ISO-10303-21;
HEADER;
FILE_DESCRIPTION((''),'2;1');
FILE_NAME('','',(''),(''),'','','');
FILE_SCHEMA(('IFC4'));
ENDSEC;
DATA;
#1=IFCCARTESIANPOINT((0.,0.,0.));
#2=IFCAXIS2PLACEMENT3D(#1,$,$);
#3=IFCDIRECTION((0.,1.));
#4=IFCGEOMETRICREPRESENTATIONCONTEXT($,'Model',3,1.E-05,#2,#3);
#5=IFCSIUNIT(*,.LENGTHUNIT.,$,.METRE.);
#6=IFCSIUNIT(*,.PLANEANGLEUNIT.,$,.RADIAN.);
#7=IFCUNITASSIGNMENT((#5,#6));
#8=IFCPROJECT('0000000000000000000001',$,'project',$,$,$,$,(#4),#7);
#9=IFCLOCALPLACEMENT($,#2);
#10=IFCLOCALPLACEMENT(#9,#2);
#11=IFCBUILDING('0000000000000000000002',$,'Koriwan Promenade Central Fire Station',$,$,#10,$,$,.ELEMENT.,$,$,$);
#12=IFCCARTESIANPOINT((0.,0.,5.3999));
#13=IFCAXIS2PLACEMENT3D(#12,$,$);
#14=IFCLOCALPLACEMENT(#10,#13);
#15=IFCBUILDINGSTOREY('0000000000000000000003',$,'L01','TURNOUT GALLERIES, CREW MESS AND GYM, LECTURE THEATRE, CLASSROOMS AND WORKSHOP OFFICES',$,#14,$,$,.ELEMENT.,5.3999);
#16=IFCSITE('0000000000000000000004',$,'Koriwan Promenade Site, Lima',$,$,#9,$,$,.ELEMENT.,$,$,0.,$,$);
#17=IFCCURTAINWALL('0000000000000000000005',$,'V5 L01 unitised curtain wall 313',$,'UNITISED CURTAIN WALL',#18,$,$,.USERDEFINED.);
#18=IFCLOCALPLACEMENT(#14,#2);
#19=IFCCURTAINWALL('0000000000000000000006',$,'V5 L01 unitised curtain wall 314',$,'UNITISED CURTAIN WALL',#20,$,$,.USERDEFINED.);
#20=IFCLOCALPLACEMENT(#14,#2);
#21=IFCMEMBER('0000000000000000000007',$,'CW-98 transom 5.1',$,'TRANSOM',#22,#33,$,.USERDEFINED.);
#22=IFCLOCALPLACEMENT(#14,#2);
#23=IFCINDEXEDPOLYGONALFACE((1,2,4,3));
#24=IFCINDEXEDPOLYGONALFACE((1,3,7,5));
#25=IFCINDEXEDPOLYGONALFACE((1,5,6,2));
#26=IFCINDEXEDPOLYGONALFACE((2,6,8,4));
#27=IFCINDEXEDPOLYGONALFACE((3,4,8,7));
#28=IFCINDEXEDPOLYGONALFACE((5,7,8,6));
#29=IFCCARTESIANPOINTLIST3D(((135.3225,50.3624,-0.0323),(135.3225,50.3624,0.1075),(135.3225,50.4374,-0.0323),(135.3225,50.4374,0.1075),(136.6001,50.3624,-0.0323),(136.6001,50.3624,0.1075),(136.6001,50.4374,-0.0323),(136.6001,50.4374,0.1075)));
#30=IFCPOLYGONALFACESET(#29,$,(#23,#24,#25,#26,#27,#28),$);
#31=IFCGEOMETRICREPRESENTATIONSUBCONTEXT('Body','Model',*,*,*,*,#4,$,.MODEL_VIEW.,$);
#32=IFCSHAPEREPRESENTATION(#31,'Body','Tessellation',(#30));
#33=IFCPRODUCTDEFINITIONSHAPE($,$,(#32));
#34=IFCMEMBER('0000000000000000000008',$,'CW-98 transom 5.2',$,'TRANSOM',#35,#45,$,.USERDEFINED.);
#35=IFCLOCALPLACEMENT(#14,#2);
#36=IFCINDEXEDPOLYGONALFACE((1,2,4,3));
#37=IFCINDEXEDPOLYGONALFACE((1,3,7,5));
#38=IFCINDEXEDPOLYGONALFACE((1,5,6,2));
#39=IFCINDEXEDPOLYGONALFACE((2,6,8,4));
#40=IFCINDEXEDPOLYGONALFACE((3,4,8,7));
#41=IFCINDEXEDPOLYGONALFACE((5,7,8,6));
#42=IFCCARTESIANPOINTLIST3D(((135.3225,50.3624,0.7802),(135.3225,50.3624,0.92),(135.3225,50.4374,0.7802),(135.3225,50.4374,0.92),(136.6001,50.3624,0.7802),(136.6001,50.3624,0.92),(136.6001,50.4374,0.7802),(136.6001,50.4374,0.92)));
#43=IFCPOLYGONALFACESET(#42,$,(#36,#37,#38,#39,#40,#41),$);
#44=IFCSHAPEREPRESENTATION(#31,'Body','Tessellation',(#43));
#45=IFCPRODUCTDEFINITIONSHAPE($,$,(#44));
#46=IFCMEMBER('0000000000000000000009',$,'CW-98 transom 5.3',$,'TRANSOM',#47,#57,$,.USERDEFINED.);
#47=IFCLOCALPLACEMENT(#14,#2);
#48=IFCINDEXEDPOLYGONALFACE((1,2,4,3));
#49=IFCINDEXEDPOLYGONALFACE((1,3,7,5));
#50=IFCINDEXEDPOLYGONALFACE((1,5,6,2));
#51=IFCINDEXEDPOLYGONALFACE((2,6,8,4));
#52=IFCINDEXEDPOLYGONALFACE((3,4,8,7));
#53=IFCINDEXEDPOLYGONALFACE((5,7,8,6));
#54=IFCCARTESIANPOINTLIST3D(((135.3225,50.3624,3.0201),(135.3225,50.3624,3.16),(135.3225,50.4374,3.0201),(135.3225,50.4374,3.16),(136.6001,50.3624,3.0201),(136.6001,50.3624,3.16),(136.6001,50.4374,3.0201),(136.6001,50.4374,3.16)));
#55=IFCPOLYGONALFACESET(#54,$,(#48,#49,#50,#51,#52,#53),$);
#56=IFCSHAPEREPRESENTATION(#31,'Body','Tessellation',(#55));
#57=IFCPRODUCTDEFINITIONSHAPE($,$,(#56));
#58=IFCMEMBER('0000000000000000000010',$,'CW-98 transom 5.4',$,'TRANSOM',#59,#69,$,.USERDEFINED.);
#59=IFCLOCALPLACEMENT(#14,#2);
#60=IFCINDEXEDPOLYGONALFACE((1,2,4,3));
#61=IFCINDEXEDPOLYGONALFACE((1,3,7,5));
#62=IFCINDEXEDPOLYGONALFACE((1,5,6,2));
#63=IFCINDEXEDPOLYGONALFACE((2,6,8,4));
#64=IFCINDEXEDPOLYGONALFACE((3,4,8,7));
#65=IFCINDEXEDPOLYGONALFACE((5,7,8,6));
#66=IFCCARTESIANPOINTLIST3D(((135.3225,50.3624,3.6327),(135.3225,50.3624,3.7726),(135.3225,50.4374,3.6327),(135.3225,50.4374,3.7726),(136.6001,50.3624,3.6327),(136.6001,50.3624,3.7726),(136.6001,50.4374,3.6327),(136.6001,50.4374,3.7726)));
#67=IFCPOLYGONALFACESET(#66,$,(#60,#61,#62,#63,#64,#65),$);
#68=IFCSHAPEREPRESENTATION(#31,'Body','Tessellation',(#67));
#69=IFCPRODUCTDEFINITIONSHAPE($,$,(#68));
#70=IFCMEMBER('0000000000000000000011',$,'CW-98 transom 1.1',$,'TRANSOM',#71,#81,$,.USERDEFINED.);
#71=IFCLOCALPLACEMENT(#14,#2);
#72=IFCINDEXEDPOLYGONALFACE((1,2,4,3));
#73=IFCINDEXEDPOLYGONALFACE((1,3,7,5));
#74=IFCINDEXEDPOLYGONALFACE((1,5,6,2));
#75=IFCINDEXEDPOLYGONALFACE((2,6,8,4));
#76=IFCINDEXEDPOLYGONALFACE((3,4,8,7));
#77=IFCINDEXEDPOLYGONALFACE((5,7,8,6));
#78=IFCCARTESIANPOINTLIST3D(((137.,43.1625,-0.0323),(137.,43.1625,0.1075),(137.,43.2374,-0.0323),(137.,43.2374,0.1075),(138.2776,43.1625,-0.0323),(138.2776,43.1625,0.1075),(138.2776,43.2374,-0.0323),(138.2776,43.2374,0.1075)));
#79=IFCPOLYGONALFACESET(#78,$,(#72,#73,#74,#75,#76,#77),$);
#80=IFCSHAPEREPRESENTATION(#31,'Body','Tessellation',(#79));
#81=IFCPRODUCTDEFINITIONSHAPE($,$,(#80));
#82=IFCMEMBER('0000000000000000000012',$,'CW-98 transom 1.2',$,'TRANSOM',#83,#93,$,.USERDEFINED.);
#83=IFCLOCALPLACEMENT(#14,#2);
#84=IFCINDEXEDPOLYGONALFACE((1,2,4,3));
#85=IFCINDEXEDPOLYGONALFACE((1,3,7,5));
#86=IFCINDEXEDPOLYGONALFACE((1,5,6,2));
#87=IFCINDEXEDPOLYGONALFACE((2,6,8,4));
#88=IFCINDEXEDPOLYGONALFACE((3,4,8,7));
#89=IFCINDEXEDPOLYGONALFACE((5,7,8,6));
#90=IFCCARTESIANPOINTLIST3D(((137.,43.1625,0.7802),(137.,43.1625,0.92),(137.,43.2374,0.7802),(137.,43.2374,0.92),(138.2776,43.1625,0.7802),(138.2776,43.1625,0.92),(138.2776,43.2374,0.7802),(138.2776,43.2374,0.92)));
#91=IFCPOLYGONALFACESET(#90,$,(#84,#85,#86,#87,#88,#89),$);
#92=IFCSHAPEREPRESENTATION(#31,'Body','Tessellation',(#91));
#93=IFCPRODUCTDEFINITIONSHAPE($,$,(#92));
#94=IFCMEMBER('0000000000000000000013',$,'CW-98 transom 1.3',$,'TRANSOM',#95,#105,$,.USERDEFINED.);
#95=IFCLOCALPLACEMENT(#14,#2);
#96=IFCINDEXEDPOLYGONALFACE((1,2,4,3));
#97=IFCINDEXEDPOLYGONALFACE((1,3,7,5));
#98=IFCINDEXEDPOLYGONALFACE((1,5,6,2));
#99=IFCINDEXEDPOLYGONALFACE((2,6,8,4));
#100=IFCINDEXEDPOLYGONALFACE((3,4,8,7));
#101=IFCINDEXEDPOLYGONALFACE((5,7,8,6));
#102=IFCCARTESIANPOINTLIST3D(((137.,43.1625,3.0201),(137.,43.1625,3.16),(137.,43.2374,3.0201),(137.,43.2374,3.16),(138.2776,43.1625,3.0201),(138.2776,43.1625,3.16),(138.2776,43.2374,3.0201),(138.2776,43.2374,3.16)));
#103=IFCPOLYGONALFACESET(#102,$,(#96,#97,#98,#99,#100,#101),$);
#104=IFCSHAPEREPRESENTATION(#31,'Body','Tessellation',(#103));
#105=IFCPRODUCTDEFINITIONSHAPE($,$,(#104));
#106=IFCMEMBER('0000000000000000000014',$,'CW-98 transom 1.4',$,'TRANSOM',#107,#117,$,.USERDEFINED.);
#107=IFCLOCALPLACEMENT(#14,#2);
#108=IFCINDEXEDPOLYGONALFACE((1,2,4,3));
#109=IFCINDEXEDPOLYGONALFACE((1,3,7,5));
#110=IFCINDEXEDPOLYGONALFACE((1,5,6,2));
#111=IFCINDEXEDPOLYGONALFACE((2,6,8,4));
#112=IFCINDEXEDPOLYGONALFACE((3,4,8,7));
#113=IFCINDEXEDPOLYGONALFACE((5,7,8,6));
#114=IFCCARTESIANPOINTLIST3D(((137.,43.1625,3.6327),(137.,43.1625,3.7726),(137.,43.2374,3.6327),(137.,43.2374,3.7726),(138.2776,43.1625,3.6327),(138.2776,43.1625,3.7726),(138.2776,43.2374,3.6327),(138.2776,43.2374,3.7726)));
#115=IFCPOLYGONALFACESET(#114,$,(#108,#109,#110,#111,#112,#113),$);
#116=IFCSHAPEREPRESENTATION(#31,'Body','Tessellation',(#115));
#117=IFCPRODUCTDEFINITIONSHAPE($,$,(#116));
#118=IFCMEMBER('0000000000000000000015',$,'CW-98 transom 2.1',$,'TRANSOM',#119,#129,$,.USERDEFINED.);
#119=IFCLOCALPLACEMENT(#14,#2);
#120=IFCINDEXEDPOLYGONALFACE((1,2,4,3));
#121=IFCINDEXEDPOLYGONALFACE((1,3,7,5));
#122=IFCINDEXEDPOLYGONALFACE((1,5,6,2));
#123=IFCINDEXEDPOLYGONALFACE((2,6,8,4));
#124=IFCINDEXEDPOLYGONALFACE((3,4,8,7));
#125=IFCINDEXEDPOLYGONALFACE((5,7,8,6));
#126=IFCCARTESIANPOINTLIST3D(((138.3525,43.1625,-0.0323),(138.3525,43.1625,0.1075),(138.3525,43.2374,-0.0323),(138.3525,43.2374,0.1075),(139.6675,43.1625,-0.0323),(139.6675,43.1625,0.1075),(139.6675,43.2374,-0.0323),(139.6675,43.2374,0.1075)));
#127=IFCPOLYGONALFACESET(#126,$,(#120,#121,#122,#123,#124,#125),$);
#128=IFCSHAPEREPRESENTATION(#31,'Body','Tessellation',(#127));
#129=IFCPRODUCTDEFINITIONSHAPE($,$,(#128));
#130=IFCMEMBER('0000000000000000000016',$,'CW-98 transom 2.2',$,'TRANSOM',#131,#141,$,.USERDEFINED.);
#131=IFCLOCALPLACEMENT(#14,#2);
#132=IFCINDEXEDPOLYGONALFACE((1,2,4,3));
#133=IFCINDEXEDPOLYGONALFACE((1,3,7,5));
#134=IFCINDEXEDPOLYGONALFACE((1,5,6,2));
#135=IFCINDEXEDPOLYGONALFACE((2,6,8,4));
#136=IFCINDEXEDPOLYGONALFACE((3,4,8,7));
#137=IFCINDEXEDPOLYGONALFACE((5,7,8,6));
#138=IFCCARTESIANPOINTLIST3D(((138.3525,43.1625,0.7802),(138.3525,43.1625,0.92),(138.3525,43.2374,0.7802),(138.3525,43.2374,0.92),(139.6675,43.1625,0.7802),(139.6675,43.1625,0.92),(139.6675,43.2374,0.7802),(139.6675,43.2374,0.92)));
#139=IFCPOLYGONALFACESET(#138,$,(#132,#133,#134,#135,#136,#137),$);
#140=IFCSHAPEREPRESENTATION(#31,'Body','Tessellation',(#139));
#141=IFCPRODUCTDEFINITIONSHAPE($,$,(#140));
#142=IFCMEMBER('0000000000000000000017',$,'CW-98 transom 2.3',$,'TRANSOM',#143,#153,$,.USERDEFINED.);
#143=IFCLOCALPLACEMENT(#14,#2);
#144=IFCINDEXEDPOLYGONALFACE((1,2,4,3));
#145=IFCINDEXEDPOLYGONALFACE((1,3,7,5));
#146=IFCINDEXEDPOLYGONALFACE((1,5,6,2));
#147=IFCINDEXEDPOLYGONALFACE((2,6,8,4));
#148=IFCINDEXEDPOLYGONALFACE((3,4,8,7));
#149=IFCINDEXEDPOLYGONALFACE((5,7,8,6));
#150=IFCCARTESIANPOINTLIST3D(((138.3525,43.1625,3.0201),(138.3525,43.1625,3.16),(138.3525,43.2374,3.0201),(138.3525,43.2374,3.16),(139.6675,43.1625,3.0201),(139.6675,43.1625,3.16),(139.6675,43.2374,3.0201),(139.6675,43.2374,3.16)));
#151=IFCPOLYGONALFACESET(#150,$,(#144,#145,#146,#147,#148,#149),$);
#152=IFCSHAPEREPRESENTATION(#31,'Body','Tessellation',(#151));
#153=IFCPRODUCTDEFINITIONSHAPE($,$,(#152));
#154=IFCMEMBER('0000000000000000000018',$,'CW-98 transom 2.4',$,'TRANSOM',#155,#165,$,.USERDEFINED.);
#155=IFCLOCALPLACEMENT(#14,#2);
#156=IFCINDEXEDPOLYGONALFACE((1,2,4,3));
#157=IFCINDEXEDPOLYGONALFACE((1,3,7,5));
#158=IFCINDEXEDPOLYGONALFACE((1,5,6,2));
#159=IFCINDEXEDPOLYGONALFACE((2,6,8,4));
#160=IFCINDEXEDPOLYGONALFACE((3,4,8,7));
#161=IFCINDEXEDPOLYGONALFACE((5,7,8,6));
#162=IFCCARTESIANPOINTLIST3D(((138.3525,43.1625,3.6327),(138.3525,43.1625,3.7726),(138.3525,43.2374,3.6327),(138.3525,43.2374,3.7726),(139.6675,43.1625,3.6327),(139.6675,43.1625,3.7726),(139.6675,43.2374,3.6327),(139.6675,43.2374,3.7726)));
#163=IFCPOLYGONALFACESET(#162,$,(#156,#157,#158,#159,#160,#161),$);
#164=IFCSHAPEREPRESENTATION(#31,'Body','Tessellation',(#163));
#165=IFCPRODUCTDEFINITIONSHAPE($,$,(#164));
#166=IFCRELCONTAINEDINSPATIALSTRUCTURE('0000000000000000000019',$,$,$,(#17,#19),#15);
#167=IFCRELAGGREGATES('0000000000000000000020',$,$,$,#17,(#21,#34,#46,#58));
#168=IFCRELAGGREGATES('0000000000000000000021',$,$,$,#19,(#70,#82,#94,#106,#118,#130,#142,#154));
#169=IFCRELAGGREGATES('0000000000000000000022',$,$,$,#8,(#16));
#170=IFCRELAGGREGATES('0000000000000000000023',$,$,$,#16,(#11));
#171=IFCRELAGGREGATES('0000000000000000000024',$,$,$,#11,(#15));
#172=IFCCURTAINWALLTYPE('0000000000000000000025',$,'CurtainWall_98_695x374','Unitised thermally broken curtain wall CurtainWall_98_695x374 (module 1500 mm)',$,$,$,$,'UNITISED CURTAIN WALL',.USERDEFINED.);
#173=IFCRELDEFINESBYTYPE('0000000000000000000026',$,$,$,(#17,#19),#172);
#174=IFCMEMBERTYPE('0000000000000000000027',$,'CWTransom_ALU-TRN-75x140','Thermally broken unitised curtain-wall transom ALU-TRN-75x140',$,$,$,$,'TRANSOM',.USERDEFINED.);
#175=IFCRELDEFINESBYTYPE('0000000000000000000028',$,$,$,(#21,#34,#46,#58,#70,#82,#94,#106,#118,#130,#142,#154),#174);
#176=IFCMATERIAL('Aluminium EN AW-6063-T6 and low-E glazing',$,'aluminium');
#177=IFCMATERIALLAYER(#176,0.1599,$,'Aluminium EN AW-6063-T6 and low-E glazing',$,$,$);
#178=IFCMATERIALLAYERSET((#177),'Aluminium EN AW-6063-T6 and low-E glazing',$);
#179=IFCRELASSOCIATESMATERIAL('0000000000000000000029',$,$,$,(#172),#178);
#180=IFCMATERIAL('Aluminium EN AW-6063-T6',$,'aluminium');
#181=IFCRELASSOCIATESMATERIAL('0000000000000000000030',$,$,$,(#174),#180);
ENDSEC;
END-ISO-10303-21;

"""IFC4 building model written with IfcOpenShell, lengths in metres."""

from ifc_helpers import new_model, si_unit, direction, frame, origin, origin_2d, place, context, subcontext, project, spatial, rectangle, extrude, material, layer, layer_set, material_profile, profile_set, type_object, element, aggregate, save


model = new_model("IFC4")

# Units and contexts
model_context = context("Model", 3, precision=1e-05, world=origin(), true_north=direction((0.0, 1.0)))
body_context = subcontext(model_context, "Body", "Model", "MODEL_VIEW")
ifc_project = project(units=[si_unit("LENGTHUNIT", "METRE"), si_unit("PLANEANGLEUNIT", "RADIAN")], contexts=[model_context])

# Site, building, storey
site_placement = place(None, origin())
site = spatial("IfcSite", under=ifc_project, at=site_placement, Name="Koriwan Promenade Site, Lima", CompositionType="ELEMENT", RefElevation=0.0)
building_placement = place(site_placement, origin())
building = spatial("IfcBuilding", under=site, at=building_placement, Name="Koriwan Promenade Central Fire Station", CompositionType="ELEMENT")
storey_placement = place(building_placement, frame((0.0, 0.0, 5.3999)))
storey = spatial("IfcBuildingStorey", under=building, at=storey_placement, Name="L01", Description="TURNOUT GALLERIES, CREW MESS AND GYM, LECTURE THEATRE, CLASSROOMS AND WORKSHOP OFFICES", CompositionType="ELEMENT", Elevation=5.3999)

# Curtain wall
ifc_material_1 = material(Name="Aluminium EN AW-6063-T6 and low-E glazing", Category="aluminium")
ifc_layer_1 = layer(ifc_material_1, 0.1599, Name="Aluminium EN AW-6063-T6 and low-E glazing")
ifc_layer_set_1 = layer_set([ifc_layer_1], Name="Aluminium EN AW-6063-T6 and low-E glazing")
curtain_wall_type = type_object("IfcCurtainWallType", Name="CurtainWall_98_695x374", Description="Unitised thermally broken curtain wall CurtainWall_98_695x374 (module 1500 mm)", ElementType="UNITISED CURTAIN WALL", PredefinedType="USERDEFINED", material=ifc_layer_set_1)
ifc_material_2 = material(Name="Aluminium EN AW-6063-T6", Category="aluminium")
curtain_wall_1_placement = place(storey_placement, origin())
curtain_wall_1 = element("IfcCurtainWall", 1, at=curtain_wall_1_placement, inside=storey, type_object=curtain_wall_type, Name="V5 L01 unitised curtain wall 313", ObjectType="UNITISED CURTAIN WALL", PredefinedType="USERDEFINED")

# Curtain wall
curtain_wall_2_placement = place(storey_placement, origin())
curtain_wall_2 = element("IfcCurtainWall", 2, at=curtain_wall_2_placement, inside=storey, type_object=curtain_wall_type, Name="V5 L01 unitised curtain wall 314", ObjectType="UNITISED CURTAIN WALL", PredefinedType="USERDEFINED")

# Members
ifc_material_profile_1 = material_profile(ifc_material_2, rectangle(XDim=0.075, YDim=0.1399, at=origin_2d()), Name="ALU-TRN-75x140")
ifc_profile_set_1 = profile_set([ifc_material_profile_1], Name="Aluminium EN AW-6063-T6")
member_type_1 = type_object("IfcMemberType", Name="CWTransom_ALU-TRN-75x140", Description="Thermally broken unitised curtain-wall transom ALU-TRN-75x140", ElementType="TRANSOM", PredefinedType="USERDEFINED", material=ifc_profile_set_1)
member_1_placement = place(storey_placement, frame((135.3225, 50.3999, 0.0376), z_axis=(1.0, 0.0, 0.0), x_axis=(0.0, 1.0, 0.0)))
member_1 = element("IfcMember", 3, at=member_1_placement, type_object=member_type_1, Name="CW-98 transom 5.1", ObjectType="TRANSOM", PredefinedType="USERDEFINED", context=body_context, shape_type="SweptSolid", body=[
    extrude(rectangle(XDim=0.075, YDim=0.1399, at=origin_2d()), origin(), (0.0, 0.0, 1.0), 1.2776),
])
member_2_placement = place(storey_placement, frame((135.3225, 50.3999, 0.8501), z_axis=(1.0, 0.0, 0.0), x_axis=(0.0, 1.0, 0.0)))
member_2 = element("IfcMember", 4, at=member_2_placement, type_object=member_type_1, Name="CW-98 transom 5.2", ObjectType="TRANSOM", PredefinedType="USERDEFINED", context=body_context, shape_type="SweptSolid", body=[
    extrude(rectangle(XDim=0.075, YDim=0.1399, at=origin_2d()), origin(), (0.0, 0.0, 1.0), 1.2776),
])
member_3_placement = place(storey_placement, frame((135.3225, 50.3999, 3.0901), z_axis=(1.0, 0.0, 0.0), x_axis=(0.0, 1.0, 0.0)))
member_3 = element("IfcMember", 5, at=member_3_placement, type_object=member_type_1, Name="CW-98 transom 5.3", ObjectType="TRANSOM", PredefinedType="USERDEFINED", context=body_context, shape_type="SweptSolid", body=[
    extrude(rectangle(XDim=0.075, YDim=0.1399, at=origin_2d()), origin(), (0.0, 0.0, 1.0), 1.2776),
])
member_4_placement = place(storey_placement, frame((135.3225, 50.3999, 3.7026), z_axis=(1.0, 0.0, 0.0), x_axis=(0.0, 1.0, 0.0)))
member_4 = element("IfcMember", 6, at=member_4_placement, type_object=member_type_1, Name="CW-98 transom 5.4", ObjectType="TRANSOM", PredefinedType="USERDEFINED", context=body_context, shape_type="SweptSolid", body=[
    extrude(rectangle(XDim=0.075, YDim=0.1399, at=origin_2d()), origin(), (0.0, 0.0, 1.0), 1.2776),
])
member_5_placement = place(storey_placement, frame((137.0, 43.2, 0.0376), z_axis=(1.0, 0.0, 0.0), x_axis=(0.0, 1.0, 0.0)))
member_5 = element("IfcMember", 7, at=member_5_placement, type_object=member_type_1, Name="CW-98 transom 1.1", ObjectType="TRANSOM", PredefinedType="USERDEFINED", context=body_context, shape_type="SweptSolid", body=[
    extrude(rectangle(XDim=0.075, YDim=0.1399, at=origin_2d()), origin(), (0.0, 0.0, 1.0), 1.2776),
])
member_6_placement = place(storey_placement, frame((137.0, 43.2, 0.8501), z_axis=(1.0, 0.0, 0.0), x_axis=(0.0, 1.0, 0.0)))
member_6 = element("IfcMember", 8, at=member_6_placement, type_object=member_type_1, Name="CW-98 transom 1.2", ObjectType="TRANSOM", PredefinedType="USERDEFINED", context=body_context, shape_type="SweptSolid", body=[
    extrude(rectangle(XDim=0.075, YDim=0.1399, at=origin_2d()), origin(), (0.0, 0.0, 1.0), 1.2776),
])
member_7_placement = place(storey_placement, frame((137.0, 43.2, 3.0901), z_axis=(1.0, 0.0, 0.0), x_axis=(0.0, 1.0, 0.0)))
member_7 = element("IfcMember", 9, at=member_7_placement, type_object=member_type_1, Name="CW-98 transom 1.3", ObjectType="TRANSOM", PredefinedType="USERDEFINED", context=body_context, shape_type="SweptSolid", body=[
    extrude(rectangle(XDim=0.075, YDim=0.1399, at=origin_2d()), origin(), (0.0, 0.0, 1.0), 1.2776),
])
member_8_placement = place(storey_placement, frame((137.0, 43.2, 3.7026), z_axis=(1.0, 0.0, 0.0), x_axis=(0.0, 1.0, 0.0)))
member_8 = element("IfcMember", 10, at=member_8_placement, type_object=member_type_1, Name="CW-98 transom 1.4", ObjectType="TRANSOM", PredefinedType="USERDEFINED", context=body_context, shape_type="SweptSolid", body=[
    extrude(rectangle(XDim=0.075, YDim=0.1399, at=origin_2d()), origin(), (0.0, 0.0, 1.0), 1.2776),
])
member_9_placement = place(storey_placement, frame((138.3525, 43.2, 0.0376), z_axis=(1.0, 0.0, 0.0), x_axis=(0.0, 1.0, 0.0)))
member_9 = element("IfcMember", 11, at=member_9_placement, type_object=member_type_1, Name="CW-98 transom 2.1", ObjectType="TRANSOM", PredefinedType="USERDEFINED", context=body_context, shape_type="SweptSolid", body=[
    extrude(rectangle(XDim=0.075, YDim=0.1399, at=origin_2d()), origin(), (0.0, 0.0, 1.0), 1.3149),
])
member_10_placement = place(storey_placement, frame((138.3525, 43.2, 0.8501), z_axis=(1.0, 0.0, 0.0), x_axis=(0.0, 1.0, 0.0)))
member_10 = element("IfcMember", 12, at=member_10_placement, type_object=member_type_1, Name="CW-98 transom 2.2", ObjectType="TRANSOM", PredefinedType="USERDEFINED", context=body_context, shape_type="SweptSolid", body=[
    extrude(rectangle(XDim=0.075, YDim=0.1399, at=origin_2d()), origin(), (0.0, 0.0, 1.0), 1.3149),
])
member_11_placement = place(storey_placement, frame((138.3525, 43.2, 3.0901), z_axis=(1.0, 0.0, 0.0), x_axis=(0.0, 1.0, 0.0)))
member_11 = element("IfcMember", 13, at=member_11_placement, type_object=member_type_1, Name="CW-98 transom 2.3", ObjectType="TRANSOM", PredefinedType="USERDEFINED", context=body_context, shape_type="SweptSolid", body=[
    extrude(rectangle(XDim=0.075, YDim=0.1399, at=origin_2d()), origin(), (0.0, 0.0, 1.0), 1.3149),
])
member_12_placement = place(storey_placement, frame((138.3525, 43.2, 3.7026), z_axis=(1.0, 0.0, 0.0), x_axis=(0.0, 1.0, 0.0)))
member_12 = element("IfcMember", 14, at=member_12_placement, type_object=member_type_1, Name="CW-98 transom 2.4", ObjectType="TRANSOM", PredefinedType="USERDEFINED", context=body_context, shape_type="SweptSolid", body=[
    extrude(rectangle(XDim=0.075, YDim=0.1399, at=origin_2d()), origin(), (0.0, 0.0, 1.0), 1.3149),
])

aggregate(curtain_wall_1, [member_1, member_2, member_3, member_4])
aggregate(curtain_wall_2, [member_5, member_6, member_7, member_8, member_9, member_10, member_11, member_12])

save(model, "model.ifc")
